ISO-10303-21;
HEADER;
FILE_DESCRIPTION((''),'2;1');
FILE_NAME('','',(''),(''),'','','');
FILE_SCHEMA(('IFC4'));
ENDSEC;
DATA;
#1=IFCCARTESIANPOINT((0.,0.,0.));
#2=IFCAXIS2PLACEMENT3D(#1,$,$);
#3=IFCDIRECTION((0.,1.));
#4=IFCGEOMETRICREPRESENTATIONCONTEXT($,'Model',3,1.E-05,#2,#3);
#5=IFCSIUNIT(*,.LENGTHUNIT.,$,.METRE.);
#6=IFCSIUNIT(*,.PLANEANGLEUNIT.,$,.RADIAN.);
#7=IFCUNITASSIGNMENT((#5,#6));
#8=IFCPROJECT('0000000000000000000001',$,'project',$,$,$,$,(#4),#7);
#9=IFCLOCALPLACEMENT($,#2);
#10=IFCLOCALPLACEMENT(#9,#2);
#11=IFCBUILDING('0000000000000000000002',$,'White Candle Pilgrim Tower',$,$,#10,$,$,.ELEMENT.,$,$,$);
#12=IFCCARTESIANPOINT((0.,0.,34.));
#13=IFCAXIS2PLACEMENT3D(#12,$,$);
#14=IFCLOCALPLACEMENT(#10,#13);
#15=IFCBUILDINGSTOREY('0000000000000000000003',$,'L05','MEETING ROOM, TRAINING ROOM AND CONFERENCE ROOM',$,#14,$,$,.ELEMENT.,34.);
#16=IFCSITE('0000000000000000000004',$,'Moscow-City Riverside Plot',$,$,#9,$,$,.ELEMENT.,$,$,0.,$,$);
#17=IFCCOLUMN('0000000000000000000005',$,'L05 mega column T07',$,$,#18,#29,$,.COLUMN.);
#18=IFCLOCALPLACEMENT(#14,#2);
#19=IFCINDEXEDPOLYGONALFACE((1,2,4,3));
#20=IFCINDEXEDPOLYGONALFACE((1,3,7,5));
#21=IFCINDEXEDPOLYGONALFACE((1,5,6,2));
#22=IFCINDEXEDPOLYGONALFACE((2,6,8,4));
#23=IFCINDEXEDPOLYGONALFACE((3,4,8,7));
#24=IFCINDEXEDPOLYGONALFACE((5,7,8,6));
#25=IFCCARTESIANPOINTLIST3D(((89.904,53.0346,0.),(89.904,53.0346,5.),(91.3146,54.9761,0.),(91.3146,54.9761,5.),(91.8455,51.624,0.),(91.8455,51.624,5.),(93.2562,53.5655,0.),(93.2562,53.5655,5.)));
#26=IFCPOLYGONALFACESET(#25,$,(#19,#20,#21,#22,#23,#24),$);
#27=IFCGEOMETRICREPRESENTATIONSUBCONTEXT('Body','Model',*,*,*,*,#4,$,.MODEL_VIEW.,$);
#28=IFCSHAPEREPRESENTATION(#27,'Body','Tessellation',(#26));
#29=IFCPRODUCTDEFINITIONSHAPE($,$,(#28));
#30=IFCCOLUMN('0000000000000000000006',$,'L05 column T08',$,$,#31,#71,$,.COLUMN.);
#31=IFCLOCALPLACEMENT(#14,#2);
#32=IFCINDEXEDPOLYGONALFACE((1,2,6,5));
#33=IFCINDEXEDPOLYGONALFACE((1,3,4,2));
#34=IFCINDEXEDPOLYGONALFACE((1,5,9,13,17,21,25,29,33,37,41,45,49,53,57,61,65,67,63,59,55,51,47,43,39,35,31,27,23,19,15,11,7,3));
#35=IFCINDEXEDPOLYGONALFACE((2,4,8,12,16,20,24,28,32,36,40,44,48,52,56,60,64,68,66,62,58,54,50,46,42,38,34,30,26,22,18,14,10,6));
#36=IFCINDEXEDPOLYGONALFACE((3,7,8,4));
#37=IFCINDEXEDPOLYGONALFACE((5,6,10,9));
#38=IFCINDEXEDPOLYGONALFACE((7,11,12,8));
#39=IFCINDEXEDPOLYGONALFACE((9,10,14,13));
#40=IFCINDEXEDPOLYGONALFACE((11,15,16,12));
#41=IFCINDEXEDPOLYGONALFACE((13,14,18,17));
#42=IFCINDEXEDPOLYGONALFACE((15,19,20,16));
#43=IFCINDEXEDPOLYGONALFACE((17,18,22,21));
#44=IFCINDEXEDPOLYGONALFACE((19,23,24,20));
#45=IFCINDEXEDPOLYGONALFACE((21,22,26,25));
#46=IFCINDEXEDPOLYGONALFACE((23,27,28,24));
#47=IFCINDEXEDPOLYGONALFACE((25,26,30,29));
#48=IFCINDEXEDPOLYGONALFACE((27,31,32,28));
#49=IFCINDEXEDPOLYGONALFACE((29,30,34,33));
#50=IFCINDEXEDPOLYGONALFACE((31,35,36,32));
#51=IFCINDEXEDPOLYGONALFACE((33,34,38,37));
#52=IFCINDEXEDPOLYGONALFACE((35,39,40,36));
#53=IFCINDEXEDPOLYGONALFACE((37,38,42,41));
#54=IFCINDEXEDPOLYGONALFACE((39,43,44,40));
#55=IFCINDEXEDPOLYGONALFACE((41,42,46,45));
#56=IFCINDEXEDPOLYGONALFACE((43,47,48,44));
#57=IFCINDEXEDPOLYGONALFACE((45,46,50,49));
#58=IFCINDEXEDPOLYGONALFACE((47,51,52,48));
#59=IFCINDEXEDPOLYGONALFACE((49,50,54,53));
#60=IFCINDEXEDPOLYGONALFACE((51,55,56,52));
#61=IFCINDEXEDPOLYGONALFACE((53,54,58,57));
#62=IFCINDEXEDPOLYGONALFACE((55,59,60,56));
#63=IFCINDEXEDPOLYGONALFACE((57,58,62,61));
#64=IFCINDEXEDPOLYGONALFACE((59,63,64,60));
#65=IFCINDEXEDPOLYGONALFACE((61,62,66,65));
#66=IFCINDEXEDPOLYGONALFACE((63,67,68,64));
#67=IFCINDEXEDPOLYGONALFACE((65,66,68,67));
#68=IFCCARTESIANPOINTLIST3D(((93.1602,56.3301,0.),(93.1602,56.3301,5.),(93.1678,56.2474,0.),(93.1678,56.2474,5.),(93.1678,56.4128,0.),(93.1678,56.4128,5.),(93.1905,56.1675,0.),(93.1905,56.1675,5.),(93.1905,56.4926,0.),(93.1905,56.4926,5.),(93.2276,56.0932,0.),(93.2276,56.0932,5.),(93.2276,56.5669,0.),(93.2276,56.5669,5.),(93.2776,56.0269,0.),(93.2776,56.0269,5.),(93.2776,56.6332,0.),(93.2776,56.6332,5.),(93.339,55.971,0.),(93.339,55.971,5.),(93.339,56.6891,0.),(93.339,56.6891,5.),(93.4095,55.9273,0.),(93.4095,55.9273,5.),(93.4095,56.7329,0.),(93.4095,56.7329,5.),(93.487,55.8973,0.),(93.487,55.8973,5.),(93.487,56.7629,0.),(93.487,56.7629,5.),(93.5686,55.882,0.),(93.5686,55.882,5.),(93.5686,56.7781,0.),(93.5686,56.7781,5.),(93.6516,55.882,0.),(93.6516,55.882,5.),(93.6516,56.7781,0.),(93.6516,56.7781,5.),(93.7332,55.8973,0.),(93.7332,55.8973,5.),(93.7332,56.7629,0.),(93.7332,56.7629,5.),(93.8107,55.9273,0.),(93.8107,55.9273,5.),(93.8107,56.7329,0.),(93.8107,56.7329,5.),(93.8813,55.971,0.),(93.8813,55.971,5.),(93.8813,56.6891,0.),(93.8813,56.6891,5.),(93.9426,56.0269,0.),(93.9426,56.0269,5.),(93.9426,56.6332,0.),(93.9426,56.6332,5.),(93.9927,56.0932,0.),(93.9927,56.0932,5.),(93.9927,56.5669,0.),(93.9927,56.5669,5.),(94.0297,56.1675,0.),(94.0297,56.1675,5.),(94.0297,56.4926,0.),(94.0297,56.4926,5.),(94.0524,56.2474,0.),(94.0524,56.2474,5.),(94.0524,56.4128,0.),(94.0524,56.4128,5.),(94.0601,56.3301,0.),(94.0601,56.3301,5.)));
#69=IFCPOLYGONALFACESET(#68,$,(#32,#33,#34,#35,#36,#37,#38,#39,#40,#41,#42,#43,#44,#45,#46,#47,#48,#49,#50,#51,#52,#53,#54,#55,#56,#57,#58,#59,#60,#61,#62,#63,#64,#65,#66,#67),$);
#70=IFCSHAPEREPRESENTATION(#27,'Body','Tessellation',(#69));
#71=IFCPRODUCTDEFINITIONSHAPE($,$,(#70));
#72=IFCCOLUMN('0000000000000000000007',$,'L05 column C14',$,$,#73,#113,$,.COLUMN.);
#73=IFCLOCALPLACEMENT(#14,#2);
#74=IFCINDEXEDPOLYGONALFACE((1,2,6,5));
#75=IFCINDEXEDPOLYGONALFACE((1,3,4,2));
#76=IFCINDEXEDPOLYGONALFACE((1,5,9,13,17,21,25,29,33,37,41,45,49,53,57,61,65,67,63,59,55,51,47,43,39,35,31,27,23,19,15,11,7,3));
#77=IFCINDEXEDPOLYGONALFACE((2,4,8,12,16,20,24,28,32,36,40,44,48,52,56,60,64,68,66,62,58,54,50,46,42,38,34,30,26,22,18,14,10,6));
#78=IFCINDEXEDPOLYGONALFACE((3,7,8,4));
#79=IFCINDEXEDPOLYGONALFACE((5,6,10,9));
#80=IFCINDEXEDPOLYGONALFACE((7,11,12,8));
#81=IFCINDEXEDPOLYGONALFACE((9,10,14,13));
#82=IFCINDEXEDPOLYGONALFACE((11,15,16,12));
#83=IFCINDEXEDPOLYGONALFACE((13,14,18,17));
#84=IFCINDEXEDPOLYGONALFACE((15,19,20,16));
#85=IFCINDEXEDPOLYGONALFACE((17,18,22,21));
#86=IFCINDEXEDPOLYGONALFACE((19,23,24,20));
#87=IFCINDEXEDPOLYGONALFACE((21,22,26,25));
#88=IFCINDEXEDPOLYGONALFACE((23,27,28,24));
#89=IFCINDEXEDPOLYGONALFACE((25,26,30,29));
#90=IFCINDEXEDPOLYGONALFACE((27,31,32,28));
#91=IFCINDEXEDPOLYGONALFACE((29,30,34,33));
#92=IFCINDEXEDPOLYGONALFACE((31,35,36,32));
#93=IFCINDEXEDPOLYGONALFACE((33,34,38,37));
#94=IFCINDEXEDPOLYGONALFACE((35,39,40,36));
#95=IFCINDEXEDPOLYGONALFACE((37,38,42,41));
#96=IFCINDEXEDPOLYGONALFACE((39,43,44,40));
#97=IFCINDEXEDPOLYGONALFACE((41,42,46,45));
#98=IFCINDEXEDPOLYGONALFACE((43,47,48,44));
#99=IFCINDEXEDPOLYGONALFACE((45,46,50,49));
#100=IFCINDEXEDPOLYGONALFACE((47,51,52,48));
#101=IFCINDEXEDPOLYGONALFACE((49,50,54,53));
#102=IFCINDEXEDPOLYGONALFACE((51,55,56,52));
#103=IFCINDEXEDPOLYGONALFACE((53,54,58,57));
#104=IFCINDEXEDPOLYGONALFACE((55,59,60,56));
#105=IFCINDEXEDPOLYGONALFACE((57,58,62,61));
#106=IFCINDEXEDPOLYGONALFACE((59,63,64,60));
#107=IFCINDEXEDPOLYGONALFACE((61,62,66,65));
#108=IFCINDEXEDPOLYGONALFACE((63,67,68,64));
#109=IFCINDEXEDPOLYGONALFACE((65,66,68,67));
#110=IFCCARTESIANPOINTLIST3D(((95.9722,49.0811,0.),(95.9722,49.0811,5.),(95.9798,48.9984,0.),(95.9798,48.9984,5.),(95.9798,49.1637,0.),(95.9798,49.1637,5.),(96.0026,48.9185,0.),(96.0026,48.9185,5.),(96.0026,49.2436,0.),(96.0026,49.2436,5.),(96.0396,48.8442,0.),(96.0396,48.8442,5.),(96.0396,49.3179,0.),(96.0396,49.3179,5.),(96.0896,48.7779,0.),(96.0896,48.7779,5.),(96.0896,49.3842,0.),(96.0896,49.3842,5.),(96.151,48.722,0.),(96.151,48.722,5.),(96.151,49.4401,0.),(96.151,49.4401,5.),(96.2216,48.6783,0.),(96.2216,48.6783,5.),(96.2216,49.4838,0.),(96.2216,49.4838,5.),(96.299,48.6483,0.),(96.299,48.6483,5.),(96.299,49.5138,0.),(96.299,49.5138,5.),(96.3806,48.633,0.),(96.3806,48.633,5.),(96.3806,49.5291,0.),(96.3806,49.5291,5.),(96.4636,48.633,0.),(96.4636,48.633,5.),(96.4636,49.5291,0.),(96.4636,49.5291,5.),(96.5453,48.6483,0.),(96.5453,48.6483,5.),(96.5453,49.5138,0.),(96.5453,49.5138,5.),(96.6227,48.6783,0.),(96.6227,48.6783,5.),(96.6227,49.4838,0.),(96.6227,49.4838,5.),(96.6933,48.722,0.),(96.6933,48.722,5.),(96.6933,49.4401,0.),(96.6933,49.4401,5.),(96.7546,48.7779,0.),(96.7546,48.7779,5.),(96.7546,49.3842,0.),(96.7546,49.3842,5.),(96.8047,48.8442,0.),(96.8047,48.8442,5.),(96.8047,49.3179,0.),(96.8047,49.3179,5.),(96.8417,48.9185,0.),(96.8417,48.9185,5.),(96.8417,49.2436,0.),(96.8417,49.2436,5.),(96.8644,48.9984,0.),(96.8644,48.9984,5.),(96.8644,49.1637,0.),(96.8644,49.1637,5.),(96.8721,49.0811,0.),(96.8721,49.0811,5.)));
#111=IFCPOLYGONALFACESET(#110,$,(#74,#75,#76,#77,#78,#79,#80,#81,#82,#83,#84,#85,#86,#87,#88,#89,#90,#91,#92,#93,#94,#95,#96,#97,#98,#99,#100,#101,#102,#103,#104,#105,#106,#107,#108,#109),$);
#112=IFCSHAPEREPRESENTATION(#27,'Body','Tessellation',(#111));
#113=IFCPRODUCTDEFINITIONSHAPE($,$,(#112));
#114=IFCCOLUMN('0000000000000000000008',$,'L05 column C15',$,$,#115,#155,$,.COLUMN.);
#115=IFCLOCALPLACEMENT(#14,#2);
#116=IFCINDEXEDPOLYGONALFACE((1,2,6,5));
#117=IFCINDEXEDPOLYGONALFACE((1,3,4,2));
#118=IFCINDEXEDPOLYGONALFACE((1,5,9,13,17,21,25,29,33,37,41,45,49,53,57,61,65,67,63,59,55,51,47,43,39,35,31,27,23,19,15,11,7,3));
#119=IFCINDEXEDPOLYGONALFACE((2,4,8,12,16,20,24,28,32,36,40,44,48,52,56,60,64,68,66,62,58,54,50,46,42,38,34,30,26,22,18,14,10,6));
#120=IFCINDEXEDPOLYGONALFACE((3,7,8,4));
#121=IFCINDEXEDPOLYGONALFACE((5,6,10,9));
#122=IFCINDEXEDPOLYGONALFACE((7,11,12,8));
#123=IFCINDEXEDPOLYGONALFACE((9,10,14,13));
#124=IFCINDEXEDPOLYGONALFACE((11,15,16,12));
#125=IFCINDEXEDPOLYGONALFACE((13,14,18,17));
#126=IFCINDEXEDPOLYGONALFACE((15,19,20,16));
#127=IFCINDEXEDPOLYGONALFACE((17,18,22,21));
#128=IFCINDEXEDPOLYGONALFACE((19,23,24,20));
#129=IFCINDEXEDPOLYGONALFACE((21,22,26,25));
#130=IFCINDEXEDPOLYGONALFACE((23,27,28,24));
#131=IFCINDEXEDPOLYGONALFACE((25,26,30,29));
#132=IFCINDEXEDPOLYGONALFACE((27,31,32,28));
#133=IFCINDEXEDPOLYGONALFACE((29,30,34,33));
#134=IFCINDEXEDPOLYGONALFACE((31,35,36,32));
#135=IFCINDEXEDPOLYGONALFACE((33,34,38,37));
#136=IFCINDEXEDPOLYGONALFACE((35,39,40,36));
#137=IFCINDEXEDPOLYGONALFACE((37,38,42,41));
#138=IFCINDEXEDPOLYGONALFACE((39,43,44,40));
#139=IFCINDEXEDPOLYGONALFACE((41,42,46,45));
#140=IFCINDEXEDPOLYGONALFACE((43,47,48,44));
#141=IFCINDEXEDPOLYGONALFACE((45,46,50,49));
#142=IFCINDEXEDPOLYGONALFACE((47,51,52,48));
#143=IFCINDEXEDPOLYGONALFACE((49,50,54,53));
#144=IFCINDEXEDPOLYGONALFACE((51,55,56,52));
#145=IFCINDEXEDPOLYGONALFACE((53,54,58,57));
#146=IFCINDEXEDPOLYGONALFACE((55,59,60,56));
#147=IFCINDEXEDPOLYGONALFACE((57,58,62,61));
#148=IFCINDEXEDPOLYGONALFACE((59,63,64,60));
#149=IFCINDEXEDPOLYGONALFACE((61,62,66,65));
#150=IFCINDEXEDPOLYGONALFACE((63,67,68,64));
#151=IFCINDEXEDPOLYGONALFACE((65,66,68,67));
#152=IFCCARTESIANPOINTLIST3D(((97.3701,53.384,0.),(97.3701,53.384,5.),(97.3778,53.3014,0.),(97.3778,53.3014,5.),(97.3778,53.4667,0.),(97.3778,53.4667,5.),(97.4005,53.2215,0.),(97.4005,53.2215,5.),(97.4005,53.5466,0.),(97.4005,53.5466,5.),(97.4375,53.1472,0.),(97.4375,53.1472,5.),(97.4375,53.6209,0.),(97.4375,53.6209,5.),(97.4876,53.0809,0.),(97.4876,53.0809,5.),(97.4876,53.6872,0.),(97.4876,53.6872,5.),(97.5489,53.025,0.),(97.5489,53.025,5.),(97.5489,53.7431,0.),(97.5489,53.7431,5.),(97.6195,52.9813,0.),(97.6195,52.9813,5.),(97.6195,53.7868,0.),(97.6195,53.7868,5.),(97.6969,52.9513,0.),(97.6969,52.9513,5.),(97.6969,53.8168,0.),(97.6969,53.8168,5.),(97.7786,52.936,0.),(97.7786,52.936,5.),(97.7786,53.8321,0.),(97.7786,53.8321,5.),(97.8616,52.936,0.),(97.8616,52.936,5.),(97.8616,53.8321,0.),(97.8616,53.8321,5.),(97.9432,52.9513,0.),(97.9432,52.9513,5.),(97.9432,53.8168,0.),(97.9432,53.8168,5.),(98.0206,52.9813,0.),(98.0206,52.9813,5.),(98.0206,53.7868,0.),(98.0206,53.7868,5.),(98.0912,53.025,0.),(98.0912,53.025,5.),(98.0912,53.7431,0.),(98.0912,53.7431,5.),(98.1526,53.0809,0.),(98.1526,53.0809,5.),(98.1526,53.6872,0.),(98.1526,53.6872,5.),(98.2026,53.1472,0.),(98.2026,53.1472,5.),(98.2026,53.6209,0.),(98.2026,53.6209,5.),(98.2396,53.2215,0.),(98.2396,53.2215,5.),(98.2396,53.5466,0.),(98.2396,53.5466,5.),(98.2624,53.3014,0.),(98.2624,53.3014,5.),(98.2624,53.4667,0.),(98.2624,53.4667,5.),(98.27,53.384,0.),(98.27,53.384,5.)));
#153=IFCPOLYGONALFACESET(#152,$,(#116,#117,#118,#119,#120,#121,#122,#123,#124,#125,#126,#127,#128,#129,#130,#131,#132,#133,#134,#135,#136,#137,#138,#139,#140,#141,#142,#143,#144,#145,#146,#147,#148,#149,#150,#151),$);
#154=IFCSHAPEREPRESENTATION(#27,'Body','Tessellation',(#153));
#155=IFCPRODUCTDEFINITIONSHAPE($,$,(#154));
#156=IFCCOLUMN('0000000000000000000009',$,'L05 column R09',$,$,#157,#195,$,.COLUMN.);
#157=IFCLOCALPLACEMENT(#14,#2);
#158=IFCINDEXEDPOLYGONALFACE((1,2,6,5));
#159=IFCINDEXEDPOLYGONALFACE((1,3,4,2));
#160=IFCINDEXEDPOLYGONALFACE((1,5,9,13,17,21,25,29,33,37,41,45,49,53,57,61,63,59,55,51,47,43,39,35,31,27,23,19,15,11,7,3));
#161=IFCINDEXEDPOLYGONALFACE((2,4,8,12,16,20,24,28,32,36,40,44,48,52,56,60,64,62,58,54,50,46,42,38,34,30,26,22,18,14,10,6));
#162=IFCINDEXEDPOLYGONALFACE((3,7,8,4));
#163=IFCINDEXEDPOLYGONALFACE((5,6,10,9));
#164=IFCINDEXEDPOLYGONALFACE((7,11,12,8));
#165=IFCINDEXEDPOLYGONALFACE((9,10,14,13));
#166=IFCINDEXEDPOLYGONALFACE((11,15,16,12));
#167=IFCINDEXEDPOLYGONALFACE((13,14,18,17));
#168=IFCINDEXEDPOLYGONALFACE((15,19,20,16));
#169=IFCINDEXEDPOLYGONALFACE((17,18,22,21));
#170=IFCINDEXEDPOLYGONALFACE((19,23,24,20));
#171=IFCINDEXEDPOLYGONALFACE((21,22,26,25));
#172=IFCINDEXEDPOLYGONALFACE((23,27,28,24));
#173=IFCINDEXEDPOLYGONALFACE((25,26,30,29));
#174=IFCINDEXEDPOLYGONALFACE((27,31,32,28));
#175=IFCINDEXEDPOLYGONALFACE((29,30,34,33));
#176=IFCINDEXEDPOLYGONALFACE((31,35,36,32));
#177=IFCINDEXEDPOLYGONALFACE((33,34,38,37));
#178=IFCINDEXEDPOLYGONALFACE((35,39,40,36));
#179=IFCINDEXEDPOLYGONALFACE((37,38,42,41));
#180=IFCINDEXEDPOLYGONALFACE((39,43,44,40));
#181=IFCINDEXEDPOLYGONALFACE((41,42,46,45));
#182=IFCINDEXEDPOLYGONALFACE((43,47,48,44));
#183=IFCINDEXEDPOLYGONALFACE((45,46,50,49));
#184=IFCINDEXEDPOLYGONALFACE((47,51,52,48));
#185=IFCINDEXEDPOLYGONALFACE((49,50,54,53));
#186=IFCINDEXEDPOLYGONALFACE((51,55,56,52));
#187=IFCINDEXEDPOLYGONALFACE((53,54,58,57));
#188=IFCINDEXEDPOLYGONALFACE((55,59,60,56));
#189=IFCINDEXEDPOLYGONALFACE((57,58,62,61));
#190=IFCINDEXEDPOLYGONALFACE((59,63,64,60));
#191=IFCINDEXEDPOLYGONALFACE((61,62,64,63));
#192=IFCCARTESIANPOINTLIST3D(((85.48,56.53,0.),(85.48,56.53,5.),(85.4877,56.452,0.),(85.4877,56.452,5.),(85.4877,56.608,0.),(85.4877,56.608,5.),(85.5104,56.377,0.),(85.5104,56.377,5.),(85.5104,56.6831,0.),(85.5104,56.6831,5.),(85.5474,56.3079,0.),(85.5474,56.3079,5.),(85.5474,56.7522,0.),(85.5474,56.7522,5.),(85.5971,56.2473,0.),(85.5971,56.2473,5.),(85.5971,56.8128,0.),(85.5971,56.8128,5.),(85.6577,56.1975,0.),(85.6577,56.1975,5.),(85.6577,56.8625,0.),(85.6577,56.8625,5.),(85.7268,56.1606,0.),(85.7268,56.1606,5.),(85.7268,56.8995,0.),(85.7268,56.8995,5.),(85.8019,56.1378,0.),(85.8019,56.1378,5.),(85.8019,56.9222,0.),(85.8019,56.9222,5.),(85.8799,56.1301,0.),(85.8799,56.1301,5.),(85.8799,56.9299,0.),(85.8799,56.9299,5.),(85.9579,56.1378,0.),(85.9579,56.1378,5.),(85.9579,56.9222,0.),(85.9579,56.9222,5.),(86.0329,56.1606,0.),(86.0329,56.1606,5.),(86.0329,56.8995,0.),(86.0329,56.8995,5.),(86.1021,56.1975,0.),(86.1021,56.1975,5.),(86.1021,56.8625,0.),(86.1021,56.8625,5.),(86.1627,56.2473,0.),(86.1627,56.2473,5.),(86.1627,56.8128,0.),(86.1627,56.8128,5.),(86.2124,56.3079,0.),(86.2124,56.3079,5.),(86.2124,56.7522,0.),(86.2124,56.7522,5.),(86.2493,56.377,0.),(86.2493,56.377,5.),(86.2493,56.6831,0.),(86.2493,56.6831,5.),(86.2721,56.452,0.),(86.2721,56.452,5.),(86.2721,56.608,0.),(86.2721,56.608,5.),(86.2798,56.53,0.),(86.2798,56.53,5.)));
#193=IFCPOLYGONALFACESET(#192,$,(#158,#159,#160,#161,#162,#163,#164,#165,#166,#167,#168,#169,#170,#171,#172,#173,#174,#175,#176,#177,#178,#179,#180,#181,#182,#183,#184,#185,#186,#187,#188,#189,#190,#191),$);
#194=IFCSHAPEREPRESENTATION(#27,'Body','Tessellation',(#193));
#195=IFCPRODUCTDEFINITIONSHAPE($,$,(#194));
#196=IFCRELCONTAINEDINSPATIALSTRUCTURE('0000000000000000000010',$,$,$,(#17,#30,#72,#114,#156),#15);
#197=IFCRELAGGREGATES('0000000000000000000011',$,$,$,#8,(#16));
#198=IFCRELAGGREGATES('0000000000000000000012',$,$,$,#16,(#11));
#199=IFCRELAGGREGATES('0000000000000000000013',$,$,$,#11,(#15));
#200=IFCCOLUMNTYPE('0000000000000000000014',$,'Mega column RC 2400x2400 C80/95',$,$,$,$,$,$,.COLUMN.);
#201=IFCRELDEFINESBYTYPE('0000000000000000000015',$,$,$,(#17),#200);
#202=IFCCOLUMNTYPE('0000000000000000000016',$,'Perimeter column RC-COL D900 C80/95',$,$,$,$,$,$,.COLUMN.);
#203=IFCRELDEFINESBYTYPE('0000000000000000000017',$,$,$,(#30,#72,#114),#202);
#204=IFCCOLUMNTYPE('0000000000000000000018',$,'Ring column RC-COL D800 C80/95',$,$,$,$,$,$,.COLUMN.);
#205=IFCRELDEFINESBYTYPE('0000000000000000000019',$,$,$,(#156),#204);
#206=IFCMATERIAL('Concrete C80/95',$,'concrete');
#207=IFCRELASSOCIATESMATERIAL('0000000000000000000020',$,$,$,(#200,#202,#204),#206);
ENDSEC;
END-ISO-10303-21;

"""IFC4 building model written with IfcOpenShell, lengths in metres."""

from ifc_helpers import new_model, si_unit, direction, frame, origin, origin_2d, place, context, subcontext, project, spatial, rectangle, circle, extrude, material, material_profile, profile_set, type_object, element, save


model = new_model("IFC4")

# Units and contexts
model_context = context("Model", 3, precision=1e-05, world=origin(), true_north=direction((0.0, 1.0)))
body_context = subcontext(model_context, "Body", "Model", "MODEL_VIEW")
ifc_project = project(units=[si_unit("LENGTHUNIT", "METRE"), si_unit("PLANEANGLEUNIT", "RADIAN")], contexts=[model_context])

# Site, building, storey
site_placement = place(None, origin())
site = spatial("IfcSite", under=ifc_project, at=site_placement, Name="Moscow-City Riverside Plot", CompositionType="ELEMENT", RefElevation=0.0)
building_placement = place(site_placement, origin())
building = spatial("IfcBuilding", under=site, at=building_placement, Name="White Candle Pilgrim Tower", CompositionType="ELEMENT")
storey_placement = place(building_placement, frame((0.0, 0.0, 34.0)))
storey = spatial("IfcBuildingStorey", under=building, at=storey_placement, Name="L05", Description="MEETING ROOM, TRAINING ROOM AND CONFERENCE ROOM", CompositionType="ELEMENT", Elevation=34.0)

# Columns
ifc_material_1 = material(Name="Concrete C80/95", Category="concrete")
ifc_material_profile_1 = material_profile(ifc_material_1, rectangle(XDim=2.3999, YDim=2.3999, at=origin_2d()), Name="RC 2400x2400")
ifc_profile_set_1 = profile_set([ifc_material_profile_1], Name="Concrete C80/95")
column_type_1 = type_object("IfcColumnType", Name="Mega column RC 2400x2400 C80/95", PredefinedType="COLUMN", material=ifc_profile_set_1)
column_1_placement = place(storey_placement, frame((91.5801, 53.3, 0.0), z_axis=(0.0, 0.0, 1.0), x_axis=(0.809017, -0.587785, 0.0)))
element("IfcColumn", 1, at=column_1_placement, inside=storey, type_object=column_type_1, Name="L05 mega column T07", PredefinedType="COLUMN", context=body_context, shape_type="SweptSolid", body=[
    extrude(rectangle(XDim=2.3999, YDim=2.3999, at=origin_2d()), origin(), (0.0, 0.0, 1.0), 5.0),
])
ifc_material_profile_2 = material_profile(ifc_material_1, circle(Radius=0.45, at=origin_2d()), Name="RC-COL D900")
ifc_profile_set_2 = profile_set([ifc_material_profile_2], Name="Concrete C80/95")
column_type_2 = type_object("IfcColumnType", Name="Perimeter column RC-COL D900 C80/95", PredefinedType="COLUMN", material=ifc_profile_set_2)
for number, where, z_axis, x_axis, name in (
    (2, (93.6101, 56.3301, 0.0), (0.0, 0.0, 1.0), (1.0, 0.0, 0.0), "L05 column T08"),
    (3, (96.4221, 49.0811, 0.0), (0.0, 0.0, 1.0), (1.0, 0.0, 0.0), "L05 column C14"),
    (4, (97.8201, 53.384, 0.0), (0.0, 0.0, 1.0), (1.0, 0.0, 0.0), "L05 column C15"),
):
    element("IfcColumn", number, at=place(storey_placement, frame(where, z_axis=z_axis, x_axis=x_axis)), inside=storey, type_object=column_type_2, Name=name, PredefinedType="COLUMN", context=body_context, shape_type="SweptSolid", body=[
        extrude(circle(Radius=0.45, at=origin_2d()), origin(), (0.0, 0.0, 1.0), 5.0),
    ])
ifc_material_profile_3 = material_profile(ifc_material_1, circle(Radius=0.3999, at=origin_2d()), Name="RC-COL D800")
ifc_profile_set_3 = profile_set([ifc_material_profile_3], Name="Concrete C80/95")
column_type_3 = type_object("IfcColumnType", Name="Ring column RC-COL D800 C80/95", PredefinedType="COLUMN", material=ifc_profile_set_3)
column_2_placement = place(storey_placement, frame((85.8799, 56.53, 0.0), z_axis=(0.0, 0.0, 1.0), x_axis=(1.0, 0.0, 0.0)))
element("IfcColumn", 5, at=column_2_placement, inside=storey, type_object=column_type_3, Name="L05 column R09", PredefinedType="COLUMN", context=body_context, shape_type="SweptSolid", body=[
    extrude(circle(Radius=0.3999, at=origin_2d()), origin(), (0.0, 0.0, 1.0), 5.0),
])

save(model, "model.ifc")
